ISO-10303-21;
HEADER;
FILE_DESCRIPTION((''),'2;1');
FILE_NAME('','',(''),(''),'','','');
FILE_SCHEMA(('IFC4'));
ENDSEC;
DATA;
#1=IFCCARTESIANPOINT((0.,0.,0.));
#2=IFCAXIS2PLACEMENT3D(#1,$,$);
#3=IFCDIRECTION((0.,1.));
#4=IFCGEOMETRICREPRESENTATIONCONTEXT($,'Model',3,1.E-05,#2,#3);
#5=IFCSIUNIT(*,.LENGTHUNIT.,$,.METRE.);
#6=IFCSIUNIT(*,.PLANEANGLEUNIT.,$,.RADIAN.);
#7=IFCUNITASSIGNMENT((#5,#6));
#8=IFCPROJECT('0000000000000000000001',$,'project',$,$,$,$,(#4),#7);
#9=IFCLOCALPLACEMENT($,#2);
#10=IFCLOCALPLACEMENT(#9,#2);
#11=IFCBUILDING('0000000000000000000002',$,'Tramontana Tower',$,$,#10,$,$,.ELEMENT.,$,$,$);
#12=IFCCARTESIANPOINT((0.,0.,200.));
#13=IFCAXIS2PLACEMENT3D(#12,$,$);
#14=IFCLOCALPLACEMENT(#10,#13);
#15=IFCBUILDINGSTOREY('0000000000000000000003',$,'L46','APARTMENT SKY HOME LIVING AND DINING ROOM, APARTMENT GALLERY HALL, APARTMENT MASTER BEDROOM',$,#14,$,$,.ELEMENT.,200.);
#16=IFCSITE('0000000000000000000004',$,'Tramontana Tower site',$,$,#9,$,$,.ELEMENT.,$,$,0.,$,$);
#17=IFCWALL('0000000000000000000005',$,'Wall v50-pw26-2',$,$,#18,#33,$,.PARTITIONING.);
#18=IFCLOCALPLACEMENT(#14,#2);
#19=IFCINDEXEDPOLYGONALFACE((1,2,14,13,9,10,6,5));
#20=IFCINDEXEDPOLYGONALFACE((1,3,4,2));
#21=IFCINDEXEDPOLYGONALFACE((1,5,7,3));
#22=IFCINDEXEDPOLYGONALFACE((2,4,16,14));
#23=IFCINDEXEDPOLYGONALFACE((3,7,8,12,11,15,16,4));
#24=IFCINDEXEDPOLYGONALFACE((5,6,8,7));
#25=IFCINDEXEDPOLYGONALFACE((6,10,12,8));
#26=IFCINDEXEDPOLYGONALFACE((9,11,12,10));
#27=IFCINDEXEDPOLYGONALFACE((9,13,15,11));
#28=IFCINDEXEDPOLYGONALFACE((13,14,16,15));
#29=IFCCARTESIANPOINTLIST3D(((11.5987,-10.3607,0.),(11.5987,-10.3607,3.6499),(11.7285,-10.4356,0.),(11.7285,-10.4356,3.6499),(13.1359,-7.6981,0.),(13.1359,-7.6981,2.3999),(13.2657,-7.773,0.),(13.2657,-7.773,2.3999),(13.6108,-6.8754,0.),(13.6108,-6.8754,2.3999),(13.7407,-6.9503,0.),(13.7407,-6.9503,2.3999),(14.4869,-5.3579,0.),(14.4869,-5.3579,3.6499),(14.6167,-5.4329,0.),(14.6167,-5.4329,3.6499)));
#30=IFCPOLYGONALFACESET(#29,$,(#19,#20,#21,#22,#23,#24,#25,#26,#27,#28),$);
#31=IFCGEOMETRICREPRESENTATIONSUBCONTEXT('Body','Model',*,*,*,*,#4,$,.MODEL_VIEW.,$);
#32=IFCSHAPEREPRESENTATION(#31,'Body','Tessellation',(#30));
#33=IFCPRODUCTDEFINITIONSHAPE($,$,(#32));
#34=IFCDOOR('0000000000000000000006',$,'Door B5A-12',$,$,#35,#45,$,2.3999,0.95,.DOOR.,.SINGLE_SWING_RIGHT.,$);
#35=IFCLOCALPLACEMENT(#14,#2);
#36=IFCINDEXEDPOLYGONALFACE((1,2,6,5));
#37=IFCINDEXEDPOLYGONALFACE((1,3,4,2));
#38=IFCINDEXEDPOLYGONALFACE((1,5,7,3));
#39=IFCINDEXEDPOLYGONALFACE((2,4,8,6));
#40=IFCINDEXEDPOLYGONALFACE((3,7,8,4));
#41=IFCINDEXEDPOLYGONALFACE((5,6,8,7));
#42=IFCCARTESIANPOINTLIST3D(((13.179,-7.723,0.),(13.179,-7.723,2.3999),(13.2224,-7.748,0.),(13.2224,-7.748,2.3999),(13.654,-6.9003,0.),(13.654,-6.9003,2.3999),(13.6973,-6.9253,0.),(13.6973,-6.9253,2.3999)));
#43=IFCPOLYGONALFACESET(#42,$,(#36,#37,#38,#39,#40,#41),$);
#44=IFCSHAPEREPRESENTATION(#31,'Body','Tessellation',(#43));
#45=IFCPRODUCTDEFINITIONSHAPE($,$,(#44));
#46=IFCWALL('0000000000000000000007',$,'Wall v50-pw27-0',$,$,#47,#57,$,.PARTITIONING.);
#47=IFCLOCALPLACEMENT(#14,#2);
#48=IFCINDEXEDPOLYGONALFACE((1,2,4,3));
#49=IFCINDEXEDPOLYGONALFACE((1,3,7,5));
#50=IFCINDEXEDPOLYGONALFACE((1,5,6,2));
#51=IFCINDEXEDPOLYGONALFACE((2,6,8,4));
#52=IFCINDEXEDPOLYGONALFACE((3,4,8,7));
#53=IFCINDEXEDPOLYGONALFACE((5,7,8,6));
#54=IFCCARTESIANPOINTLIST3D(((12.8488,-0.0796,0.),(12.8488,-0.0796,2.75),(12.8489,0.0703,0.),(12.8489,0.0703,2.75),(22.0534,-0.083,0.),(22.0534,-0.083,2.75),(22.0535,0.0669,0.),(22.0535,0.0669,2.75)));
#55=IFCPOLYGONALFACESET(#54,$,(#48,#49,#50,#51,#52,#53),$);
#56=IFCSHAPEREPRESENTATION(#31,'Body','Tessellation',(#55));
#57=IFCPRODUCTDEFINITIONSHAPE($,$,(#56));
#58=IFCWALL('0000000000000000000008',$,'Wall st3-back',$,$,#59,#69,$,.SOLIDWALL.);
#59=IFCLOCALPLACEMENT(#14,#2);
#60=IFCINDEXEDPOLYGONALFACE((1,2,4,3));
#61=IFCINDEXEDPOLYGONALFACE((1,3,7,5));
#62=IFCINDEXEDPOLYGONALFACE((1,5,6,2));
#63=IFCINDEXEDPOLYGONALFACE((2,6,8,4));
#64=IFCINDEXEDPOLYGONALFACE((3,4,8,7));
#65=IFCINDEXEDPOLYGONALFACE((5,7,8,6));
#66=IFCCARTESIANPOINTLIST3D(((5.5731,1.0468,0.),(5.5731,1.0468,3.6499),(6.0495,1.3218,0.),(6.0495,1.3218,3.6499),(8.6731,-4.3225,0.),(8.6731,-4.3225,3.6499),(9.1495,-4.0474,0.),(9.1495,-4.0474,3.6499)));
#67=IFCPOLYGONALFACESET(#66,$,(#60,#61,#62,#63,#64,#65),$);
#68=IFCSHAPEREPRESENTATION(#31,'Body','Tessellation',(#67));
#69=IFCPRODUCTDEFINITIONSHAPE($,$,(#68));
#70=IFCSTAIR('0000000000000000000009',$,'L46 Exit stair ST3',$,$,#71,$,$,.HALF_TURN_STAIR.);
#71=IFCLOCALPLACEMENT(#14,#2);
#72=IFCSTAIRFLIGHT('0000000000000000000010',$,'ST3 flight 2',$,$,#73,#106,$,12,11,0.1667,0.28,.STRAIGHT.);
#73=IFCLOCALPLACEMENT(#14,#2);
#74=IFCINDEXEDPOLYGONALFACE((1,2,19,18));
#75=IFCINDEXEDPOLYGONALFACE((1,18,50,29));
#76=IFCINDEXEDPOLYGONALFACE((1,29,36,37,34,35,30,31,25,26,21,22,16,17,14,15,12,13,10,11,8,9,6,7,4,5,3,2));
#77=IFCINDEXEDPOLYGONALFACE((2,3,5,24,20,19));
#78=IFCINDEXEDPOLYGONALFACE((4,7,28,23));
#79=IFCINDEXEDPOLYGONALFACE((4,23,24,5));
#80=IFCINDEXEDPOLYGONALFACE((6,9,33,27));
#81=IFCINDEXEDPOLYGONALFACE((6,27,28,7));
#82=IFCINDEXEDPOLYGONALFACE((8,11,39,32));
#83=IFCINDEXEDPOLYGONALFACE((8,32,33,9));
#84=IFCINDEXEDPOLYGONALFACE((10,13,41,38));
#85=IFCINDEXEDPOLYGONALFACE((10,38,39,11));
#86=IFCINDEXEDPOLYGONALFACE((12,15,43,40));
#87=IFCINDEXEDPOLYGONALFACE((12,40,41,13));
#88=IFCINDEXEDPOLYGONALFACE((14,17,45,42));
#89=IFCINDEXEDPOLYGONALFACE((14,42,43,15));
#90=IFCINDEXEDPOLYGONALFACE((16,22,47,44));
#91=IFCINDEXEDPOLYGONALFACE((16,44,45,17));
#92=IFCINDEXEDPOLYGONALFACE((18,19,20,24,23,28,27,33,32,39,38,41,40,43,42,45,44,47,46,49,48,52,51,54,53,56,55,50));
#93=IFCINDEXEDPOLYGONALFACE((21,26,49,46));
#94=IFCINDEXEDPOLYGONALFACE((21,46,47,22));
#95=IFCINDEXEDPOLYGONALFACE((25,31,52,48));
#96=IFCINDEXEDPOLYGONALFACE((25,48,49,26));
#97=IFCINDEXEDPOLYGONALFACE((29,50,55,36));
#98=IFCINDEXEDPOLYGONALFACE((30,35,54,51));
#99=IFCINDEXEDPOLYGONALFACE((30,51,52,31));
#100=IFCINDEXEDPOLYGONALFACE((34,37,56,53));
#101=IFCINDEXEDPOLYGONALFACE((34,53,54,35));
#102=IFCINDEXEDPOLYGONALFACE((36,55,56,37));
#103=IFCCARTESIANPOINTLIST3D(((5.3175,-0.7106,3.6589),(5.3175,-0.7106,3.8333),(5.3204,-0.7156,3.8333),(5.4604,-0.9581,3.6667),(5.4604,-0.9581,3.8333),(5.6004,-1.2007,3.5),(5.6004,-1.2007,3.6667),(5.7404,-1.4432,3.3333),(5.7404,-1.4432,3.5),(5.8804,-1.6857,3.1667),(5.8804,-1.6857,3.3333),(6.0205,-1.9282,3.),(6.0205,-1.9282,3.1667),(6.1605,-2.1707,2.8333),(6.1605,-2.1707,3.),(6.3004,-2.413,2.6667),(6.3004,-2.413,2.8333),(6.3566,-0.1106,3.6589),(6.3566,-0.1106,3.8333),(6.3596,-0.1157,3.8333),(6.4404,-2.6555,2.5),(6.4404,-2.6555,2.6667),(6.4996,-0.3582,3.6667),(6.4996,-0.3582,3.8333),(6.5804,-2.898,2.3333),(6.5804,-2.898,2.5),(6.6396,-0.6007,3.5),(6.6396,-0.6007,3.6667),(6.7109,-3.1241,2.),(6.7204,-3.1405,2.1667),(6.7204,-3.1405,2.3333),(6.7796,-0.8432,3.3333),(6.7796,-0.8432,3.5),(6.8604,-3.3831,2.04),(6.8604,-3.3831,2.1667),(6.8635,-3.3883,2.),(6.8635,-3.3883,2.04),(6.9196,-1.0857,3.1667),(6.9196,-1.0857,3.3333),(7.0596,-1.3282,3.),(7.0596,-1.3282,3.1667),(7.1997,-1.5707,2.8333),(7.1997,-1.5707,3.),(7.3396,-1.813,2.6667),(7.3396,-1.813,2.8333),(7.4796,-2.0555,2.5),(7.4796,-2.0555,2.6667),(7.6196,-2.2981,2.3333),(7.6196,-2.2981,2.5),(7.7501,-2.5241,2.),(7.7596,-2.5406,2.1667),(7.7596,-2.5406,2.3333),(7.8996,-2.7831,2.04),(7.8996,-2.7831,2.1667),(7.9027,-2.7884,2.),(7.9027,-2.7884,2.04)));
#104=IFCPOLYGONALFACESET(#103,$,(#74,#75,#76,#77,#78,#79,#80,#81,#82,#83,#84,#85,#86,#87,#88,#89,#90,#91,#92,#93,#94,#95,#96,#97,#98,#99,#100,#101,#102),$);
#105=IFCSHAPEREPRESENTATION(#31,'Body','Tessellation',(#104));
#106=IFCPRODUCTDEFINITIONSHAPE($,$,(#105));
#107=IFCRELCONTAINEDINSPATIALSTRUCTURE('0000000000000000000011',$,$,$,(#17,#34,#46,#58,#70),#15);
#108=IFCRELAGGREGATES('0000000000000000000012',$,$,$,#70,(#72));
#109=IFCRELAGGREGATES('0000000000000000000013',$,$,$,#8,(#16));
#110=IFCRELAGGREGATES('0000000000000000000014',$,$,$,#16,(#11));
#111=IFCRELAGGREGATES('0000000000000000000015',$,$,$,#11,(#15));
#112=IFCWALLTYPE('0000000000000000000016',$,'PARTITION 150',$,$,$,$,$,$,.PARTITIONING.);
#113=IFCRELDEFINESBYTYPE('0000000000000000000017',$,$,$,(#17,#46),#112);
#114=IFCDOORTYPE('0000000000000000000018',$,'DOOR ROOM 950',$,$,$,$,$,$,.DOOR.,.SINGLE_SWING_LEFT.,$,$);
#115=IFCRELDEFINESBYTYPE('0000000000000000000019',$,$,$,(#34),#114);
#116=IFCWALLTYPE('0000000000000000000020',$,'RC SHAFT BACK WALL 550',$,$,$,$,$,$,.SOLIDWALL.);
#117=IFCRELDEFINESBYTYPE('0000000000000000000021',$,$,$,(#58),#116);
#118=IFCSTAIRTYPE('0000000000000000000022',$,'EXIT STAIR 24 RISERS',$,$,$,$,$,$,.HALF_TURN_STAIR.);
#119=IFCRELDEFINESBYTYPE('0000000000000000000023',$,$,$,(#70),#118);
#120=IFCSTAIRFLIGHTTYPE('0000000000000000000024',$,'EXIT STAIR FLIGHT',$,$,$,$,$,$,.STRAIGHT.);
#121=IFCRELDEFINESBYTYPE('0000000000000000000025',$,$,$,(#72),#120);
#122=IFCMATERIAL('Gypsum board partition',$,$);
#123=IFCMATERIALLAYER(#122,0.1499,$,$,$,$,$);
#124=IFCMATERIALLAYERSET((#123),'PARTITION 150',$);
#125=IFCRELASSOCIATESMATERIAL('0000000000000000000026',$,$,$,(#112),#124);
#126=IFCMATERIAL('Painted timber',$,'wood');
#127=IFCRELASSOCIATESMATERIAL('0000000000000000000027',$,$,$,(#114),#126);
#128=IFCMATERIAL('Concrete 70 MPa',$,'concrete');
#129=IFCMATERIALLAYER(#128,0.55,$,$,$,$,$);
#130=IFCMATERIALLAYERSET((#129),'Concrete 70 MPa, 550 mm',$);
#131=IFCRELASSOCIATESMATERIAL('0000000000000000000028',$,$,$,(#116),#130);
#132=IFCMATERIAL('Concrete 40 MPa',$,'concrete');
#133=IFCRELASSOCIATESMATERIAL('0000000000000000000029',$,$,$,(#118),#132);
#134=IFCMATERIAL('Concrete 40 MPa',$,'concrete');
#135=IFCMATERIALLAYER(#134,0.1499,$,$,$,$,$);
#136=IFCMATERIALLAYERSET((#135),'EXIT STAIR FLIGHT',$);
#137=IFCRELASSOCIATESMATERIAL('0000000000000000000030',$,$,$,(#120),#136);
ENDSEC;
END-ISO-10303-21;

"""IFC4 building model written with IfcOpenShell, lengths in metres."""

from ifc_helpers import new_model, si_unit, direction, frame, frame_2d, origin, place, context, subcontext, project, spatial, polyline, rectangle, outline, extrude, material, layer, layer_set, type_object, element, fill, aggregate, save


model = new_model("IFC4")

# Units and contexts
model_context = context("Model", 3, precision=1e-05, world=origin(), true_north=direction((0.0, 1.0)))
body_context = subcontext(model_context, "Body", "Model", "MODEL_VIEW")
ifc_project = project(units=[si_unit("LENGTHUNIT", "METRE"), si_unit("PLANEANGLEUNIT", "RADIAN")], contexts=[model_context])

# Site, building, storey
site_placement = place(None, origin())
site = spatial("IfcSite", under=ifc_project, at=site_placement, Name="Tramontana Tower site", CompositionType="ELEMENT", RefElevation=0.0)
building_placement = place(site_placement, origin())
building = spatial("IfcBuilding", under=site, at=building_placement, Name="Tramontana Tower", CompositionType="ELEMENT")
storey_placement = place(building_placement, frame((0.0, 0.0, 200.0)))
storey = spatial("IfcBuildingStorey", under=building, at=storey_placement, Name="L46", Description="APARTMENT SKY HOME LIVING AND DINING ROOM, APARTMENT GALLERY HALL, APARTMENT MASTER BEDROOM", CompositionType="ELEMENT", Elevation=200.0)

# Shared definitions
ifc_material_1 = material(Name="Gypsum board partition")
ifc_layer_1 = layer(ifc_material_1, 0.1499)
ifc_layer_set_1 = layer_set([ifc_layer_1], Name="PARTITION 150")
wall_type_1 = type_object("IfcWallType", Name="PARTITION 150", PredefinedType="PARTITIONING", material=ifc_layer_set_1)

# Wall, opening, door
wall_1_placement = place(storey_placement, frame((14.5518, -5.3955, 0.0), z_axis=(0.0, 0.0, 1.0), x_axis=(-0.499985, -0.866034, 0.0)))
wall_1 = element("IfcWall", 1, at=wall_1_placement, inside=storey, type_object=wall_type_1, Name="Wall v50-pw26-2", PredefinedType="PARTITIONING", context=body_context, shape_type="SweptSolid", body=[
    extrude(rectangle(XDim=5.7766, YDim=0.1499, at=frame_2d((2.8882, 0.0))), origin(), (0.0, 0.0, 1.0), 3.6499),
])
opening_1_placement = place(wall_1_placement, frame((1.752, 0.0, 0.0)))
opening_1 = element("IfcOpeningElement", 2, at=opening_1_placement, cuts=wall_1, PredefinedType="OPENING", context=body_context, shape_type="SweptSolid", body=[
    extrude(rectangle(XDim=0.95, YDim=2.3999, at=frame_2d((0.4751, 1.2))), frame((0.0, 0.085, 0.0), z_axis=(0.0, -1.0, 0.0), x_axis=(1.0, 0.0, 0.0)), (0.0, 0.0, 1.0), 0.1699),
])
ifc_material_2 = material(Name="Painted timber", Category="wood")
door_type_1 = type_object("IfcDoorType", Name="DOOR ROOM 950", OperationType="SINGLE_SWING_LEFT", PredefinedType="DOOR", material=ifc_material_2)
door_1_placement = place(opening_1_placement, origin())
door_1 = element("IfcDoor", 3, at=door_1_placement, inside=storey, type_object=door_type_1, Name="Door B5A-12", OperationType="SINGLE_SWING_RIGHT", OverallHeight=2.3999, OverallWidth=0.95, PredefinedType="DOOR", context=body_context, shape_type="SweptSolid", body=[
    extrude(rectangle(XDim=0.95, YDim=2.3999, at=frame_2d((0.4751, 1.2))), frame((0.0, 0.0249, 0.0), z_axis=(0.0, -1.0, 0.0), x_axis=(1.0, 0.0, 0.0)), (0.0, 0.0, 1.0), 0.05),
])
fill(opening_1, door_1)

# Walls
wall_2_placement = place(storey_placement, frame((22.0535, -0.0081, 0.0), z_axis=(0.0, 0.0, 1.0), x_axis=(-1.0, 0.000371, 0.0)))
element("IfcWall", 4, at=wall_2_placement, inside=storey, type_object=wall_type_1, Name="Wall v50-pw27-0", PredefinedType="PARTITIONING", context=body_context, shape_type="SweptSolid", body=[
    extrude(rectangle(XDim=9.2046, YDim=0.1499, at=frame_2d((4.6023, 0.0))), origin(), (0.0, 0.0, 1.0), 2.75),
])
ifc_material_3 = material(Name="Concrete 70 MPa", Category="concrete")
ifc_layer_2 = layer(ifc_material_3, 0.55)
ifc_layer_set_2 = layer_set([ifc_layer_2], Name="Concrete 70 MPa, 550 mm")
wall_type_2 = type_object("IfcWallType", Name="RC SHAFT BACK WALL 550", PredefinedType="SOLIDWALL", material=ifc_layer_set_2)
wall_3_placement = place(storey_placement, frame((8.9114, -4.1851, 0.0), z_axis=(0.0, 0.0, 1.0), x_axis=(-0.50001, 0.86602, 0.0)))
element("IfcWall", 5, at=wall_3_placement, inside=storey, type_object=wall_type_2, Name="Wall st3-back", PredefinedType="SOLIDWALL", context=body_context, shape_type="SweptSolid", body=[
    extrude(rectangle(XDim=6.2, YDim=0.55, at=frame_2d((3.1001, 0.0))), origin(), (0.0, 0.0, 1.0), 3.6499),
])

# Stair, stair flight
ifc_material_4 = material(Name="Concrete 40 MPa", Category="concrete")
stair_type = type_object("IfcStairType", Name="EXIT STAIR 24 RISERS", PredefinedType="HALF_TURN_STAIR", material=ifc_material_4)
stair_placement = place(storey_placement, origin())
stair = element("IfcStair", 6, at=stair_placement, inside=storey, type_object=stair_type, Name="L46 Exit stair ST3", PredefinedType="HALF_TURN_STAIR")
ifc_material_5 = material(Name="Concrete 40 MPa", Category="concrete")
ifc_layer_3 = layer(ifc_material_5, 0.1499)
ifc_layer_set_3 = layer_set([ifc_layer_3], Name="EXIT STAIR FLIGHT")
stair_flight_type = type_object("IfcStairFlightType", Name="EXIT STAIR FLIGHT", PredefinedType="STRAIGHT", material=ifc_layer_set_3)
stair_flight_placement = place(storey_placement, frame((7.3801, -3.083, 2.0), z_axis=(0.0, 0.0, 1.0), x_axis=(-0.5, 0.866025, 0.0)))
stair_flight = element("IfcStairFlight", 7, at=stair_flight_placement, type_object=stair_flight_type, Name="ST3 flight 2", NumberOfRisers=12, NumberOfTreads=11, PredefinedType="STRAIGHT", RiserHeight=0.1667, TreadLength=0.28, context=body_context, shape_type="SweptSolid", body=[
    extrude(outline(polyline([(-0.0061, 0.0), (-0.0061, 0.04), (0.0, 0.04), (0.0, 0.1667), (0.28, 0.1667), (0.28, 0.3333), (0.5601, 0.3333), (0.5601, 0.5), (0.8401, 0.5), (0.8401, 0.6667), (1.1201, 0.6667), (1.1201, 0.8333), (1.3999, 0.8333), (1.3999, 1.0), (1.6799, 1.0), (1.6799, 1.1667), (1.96, 1.1667), (1.96, 1.3333), (2.24, 1.3333), (2.24, 1.5), (2.52, 1.5), (2.52, 1.6667), (2.8, 1.6667), (2.8, 1.8333), (3.0801, 1.8333), (3.0859, 1.8333), (3.0859, 1.6589), (0.2991, 0.0), (-0.0061, 0.0)])), frame((0.0, 0.6001, 0.0), z_axis=(0.0, -1.0, 0.0), x_axis=(1.0, 0.0, 0.0)), (0.0, 0.0, 1.0), 1.2),
])
aggregate(stair, [stair_flight])

save(model, "model.ifc")
